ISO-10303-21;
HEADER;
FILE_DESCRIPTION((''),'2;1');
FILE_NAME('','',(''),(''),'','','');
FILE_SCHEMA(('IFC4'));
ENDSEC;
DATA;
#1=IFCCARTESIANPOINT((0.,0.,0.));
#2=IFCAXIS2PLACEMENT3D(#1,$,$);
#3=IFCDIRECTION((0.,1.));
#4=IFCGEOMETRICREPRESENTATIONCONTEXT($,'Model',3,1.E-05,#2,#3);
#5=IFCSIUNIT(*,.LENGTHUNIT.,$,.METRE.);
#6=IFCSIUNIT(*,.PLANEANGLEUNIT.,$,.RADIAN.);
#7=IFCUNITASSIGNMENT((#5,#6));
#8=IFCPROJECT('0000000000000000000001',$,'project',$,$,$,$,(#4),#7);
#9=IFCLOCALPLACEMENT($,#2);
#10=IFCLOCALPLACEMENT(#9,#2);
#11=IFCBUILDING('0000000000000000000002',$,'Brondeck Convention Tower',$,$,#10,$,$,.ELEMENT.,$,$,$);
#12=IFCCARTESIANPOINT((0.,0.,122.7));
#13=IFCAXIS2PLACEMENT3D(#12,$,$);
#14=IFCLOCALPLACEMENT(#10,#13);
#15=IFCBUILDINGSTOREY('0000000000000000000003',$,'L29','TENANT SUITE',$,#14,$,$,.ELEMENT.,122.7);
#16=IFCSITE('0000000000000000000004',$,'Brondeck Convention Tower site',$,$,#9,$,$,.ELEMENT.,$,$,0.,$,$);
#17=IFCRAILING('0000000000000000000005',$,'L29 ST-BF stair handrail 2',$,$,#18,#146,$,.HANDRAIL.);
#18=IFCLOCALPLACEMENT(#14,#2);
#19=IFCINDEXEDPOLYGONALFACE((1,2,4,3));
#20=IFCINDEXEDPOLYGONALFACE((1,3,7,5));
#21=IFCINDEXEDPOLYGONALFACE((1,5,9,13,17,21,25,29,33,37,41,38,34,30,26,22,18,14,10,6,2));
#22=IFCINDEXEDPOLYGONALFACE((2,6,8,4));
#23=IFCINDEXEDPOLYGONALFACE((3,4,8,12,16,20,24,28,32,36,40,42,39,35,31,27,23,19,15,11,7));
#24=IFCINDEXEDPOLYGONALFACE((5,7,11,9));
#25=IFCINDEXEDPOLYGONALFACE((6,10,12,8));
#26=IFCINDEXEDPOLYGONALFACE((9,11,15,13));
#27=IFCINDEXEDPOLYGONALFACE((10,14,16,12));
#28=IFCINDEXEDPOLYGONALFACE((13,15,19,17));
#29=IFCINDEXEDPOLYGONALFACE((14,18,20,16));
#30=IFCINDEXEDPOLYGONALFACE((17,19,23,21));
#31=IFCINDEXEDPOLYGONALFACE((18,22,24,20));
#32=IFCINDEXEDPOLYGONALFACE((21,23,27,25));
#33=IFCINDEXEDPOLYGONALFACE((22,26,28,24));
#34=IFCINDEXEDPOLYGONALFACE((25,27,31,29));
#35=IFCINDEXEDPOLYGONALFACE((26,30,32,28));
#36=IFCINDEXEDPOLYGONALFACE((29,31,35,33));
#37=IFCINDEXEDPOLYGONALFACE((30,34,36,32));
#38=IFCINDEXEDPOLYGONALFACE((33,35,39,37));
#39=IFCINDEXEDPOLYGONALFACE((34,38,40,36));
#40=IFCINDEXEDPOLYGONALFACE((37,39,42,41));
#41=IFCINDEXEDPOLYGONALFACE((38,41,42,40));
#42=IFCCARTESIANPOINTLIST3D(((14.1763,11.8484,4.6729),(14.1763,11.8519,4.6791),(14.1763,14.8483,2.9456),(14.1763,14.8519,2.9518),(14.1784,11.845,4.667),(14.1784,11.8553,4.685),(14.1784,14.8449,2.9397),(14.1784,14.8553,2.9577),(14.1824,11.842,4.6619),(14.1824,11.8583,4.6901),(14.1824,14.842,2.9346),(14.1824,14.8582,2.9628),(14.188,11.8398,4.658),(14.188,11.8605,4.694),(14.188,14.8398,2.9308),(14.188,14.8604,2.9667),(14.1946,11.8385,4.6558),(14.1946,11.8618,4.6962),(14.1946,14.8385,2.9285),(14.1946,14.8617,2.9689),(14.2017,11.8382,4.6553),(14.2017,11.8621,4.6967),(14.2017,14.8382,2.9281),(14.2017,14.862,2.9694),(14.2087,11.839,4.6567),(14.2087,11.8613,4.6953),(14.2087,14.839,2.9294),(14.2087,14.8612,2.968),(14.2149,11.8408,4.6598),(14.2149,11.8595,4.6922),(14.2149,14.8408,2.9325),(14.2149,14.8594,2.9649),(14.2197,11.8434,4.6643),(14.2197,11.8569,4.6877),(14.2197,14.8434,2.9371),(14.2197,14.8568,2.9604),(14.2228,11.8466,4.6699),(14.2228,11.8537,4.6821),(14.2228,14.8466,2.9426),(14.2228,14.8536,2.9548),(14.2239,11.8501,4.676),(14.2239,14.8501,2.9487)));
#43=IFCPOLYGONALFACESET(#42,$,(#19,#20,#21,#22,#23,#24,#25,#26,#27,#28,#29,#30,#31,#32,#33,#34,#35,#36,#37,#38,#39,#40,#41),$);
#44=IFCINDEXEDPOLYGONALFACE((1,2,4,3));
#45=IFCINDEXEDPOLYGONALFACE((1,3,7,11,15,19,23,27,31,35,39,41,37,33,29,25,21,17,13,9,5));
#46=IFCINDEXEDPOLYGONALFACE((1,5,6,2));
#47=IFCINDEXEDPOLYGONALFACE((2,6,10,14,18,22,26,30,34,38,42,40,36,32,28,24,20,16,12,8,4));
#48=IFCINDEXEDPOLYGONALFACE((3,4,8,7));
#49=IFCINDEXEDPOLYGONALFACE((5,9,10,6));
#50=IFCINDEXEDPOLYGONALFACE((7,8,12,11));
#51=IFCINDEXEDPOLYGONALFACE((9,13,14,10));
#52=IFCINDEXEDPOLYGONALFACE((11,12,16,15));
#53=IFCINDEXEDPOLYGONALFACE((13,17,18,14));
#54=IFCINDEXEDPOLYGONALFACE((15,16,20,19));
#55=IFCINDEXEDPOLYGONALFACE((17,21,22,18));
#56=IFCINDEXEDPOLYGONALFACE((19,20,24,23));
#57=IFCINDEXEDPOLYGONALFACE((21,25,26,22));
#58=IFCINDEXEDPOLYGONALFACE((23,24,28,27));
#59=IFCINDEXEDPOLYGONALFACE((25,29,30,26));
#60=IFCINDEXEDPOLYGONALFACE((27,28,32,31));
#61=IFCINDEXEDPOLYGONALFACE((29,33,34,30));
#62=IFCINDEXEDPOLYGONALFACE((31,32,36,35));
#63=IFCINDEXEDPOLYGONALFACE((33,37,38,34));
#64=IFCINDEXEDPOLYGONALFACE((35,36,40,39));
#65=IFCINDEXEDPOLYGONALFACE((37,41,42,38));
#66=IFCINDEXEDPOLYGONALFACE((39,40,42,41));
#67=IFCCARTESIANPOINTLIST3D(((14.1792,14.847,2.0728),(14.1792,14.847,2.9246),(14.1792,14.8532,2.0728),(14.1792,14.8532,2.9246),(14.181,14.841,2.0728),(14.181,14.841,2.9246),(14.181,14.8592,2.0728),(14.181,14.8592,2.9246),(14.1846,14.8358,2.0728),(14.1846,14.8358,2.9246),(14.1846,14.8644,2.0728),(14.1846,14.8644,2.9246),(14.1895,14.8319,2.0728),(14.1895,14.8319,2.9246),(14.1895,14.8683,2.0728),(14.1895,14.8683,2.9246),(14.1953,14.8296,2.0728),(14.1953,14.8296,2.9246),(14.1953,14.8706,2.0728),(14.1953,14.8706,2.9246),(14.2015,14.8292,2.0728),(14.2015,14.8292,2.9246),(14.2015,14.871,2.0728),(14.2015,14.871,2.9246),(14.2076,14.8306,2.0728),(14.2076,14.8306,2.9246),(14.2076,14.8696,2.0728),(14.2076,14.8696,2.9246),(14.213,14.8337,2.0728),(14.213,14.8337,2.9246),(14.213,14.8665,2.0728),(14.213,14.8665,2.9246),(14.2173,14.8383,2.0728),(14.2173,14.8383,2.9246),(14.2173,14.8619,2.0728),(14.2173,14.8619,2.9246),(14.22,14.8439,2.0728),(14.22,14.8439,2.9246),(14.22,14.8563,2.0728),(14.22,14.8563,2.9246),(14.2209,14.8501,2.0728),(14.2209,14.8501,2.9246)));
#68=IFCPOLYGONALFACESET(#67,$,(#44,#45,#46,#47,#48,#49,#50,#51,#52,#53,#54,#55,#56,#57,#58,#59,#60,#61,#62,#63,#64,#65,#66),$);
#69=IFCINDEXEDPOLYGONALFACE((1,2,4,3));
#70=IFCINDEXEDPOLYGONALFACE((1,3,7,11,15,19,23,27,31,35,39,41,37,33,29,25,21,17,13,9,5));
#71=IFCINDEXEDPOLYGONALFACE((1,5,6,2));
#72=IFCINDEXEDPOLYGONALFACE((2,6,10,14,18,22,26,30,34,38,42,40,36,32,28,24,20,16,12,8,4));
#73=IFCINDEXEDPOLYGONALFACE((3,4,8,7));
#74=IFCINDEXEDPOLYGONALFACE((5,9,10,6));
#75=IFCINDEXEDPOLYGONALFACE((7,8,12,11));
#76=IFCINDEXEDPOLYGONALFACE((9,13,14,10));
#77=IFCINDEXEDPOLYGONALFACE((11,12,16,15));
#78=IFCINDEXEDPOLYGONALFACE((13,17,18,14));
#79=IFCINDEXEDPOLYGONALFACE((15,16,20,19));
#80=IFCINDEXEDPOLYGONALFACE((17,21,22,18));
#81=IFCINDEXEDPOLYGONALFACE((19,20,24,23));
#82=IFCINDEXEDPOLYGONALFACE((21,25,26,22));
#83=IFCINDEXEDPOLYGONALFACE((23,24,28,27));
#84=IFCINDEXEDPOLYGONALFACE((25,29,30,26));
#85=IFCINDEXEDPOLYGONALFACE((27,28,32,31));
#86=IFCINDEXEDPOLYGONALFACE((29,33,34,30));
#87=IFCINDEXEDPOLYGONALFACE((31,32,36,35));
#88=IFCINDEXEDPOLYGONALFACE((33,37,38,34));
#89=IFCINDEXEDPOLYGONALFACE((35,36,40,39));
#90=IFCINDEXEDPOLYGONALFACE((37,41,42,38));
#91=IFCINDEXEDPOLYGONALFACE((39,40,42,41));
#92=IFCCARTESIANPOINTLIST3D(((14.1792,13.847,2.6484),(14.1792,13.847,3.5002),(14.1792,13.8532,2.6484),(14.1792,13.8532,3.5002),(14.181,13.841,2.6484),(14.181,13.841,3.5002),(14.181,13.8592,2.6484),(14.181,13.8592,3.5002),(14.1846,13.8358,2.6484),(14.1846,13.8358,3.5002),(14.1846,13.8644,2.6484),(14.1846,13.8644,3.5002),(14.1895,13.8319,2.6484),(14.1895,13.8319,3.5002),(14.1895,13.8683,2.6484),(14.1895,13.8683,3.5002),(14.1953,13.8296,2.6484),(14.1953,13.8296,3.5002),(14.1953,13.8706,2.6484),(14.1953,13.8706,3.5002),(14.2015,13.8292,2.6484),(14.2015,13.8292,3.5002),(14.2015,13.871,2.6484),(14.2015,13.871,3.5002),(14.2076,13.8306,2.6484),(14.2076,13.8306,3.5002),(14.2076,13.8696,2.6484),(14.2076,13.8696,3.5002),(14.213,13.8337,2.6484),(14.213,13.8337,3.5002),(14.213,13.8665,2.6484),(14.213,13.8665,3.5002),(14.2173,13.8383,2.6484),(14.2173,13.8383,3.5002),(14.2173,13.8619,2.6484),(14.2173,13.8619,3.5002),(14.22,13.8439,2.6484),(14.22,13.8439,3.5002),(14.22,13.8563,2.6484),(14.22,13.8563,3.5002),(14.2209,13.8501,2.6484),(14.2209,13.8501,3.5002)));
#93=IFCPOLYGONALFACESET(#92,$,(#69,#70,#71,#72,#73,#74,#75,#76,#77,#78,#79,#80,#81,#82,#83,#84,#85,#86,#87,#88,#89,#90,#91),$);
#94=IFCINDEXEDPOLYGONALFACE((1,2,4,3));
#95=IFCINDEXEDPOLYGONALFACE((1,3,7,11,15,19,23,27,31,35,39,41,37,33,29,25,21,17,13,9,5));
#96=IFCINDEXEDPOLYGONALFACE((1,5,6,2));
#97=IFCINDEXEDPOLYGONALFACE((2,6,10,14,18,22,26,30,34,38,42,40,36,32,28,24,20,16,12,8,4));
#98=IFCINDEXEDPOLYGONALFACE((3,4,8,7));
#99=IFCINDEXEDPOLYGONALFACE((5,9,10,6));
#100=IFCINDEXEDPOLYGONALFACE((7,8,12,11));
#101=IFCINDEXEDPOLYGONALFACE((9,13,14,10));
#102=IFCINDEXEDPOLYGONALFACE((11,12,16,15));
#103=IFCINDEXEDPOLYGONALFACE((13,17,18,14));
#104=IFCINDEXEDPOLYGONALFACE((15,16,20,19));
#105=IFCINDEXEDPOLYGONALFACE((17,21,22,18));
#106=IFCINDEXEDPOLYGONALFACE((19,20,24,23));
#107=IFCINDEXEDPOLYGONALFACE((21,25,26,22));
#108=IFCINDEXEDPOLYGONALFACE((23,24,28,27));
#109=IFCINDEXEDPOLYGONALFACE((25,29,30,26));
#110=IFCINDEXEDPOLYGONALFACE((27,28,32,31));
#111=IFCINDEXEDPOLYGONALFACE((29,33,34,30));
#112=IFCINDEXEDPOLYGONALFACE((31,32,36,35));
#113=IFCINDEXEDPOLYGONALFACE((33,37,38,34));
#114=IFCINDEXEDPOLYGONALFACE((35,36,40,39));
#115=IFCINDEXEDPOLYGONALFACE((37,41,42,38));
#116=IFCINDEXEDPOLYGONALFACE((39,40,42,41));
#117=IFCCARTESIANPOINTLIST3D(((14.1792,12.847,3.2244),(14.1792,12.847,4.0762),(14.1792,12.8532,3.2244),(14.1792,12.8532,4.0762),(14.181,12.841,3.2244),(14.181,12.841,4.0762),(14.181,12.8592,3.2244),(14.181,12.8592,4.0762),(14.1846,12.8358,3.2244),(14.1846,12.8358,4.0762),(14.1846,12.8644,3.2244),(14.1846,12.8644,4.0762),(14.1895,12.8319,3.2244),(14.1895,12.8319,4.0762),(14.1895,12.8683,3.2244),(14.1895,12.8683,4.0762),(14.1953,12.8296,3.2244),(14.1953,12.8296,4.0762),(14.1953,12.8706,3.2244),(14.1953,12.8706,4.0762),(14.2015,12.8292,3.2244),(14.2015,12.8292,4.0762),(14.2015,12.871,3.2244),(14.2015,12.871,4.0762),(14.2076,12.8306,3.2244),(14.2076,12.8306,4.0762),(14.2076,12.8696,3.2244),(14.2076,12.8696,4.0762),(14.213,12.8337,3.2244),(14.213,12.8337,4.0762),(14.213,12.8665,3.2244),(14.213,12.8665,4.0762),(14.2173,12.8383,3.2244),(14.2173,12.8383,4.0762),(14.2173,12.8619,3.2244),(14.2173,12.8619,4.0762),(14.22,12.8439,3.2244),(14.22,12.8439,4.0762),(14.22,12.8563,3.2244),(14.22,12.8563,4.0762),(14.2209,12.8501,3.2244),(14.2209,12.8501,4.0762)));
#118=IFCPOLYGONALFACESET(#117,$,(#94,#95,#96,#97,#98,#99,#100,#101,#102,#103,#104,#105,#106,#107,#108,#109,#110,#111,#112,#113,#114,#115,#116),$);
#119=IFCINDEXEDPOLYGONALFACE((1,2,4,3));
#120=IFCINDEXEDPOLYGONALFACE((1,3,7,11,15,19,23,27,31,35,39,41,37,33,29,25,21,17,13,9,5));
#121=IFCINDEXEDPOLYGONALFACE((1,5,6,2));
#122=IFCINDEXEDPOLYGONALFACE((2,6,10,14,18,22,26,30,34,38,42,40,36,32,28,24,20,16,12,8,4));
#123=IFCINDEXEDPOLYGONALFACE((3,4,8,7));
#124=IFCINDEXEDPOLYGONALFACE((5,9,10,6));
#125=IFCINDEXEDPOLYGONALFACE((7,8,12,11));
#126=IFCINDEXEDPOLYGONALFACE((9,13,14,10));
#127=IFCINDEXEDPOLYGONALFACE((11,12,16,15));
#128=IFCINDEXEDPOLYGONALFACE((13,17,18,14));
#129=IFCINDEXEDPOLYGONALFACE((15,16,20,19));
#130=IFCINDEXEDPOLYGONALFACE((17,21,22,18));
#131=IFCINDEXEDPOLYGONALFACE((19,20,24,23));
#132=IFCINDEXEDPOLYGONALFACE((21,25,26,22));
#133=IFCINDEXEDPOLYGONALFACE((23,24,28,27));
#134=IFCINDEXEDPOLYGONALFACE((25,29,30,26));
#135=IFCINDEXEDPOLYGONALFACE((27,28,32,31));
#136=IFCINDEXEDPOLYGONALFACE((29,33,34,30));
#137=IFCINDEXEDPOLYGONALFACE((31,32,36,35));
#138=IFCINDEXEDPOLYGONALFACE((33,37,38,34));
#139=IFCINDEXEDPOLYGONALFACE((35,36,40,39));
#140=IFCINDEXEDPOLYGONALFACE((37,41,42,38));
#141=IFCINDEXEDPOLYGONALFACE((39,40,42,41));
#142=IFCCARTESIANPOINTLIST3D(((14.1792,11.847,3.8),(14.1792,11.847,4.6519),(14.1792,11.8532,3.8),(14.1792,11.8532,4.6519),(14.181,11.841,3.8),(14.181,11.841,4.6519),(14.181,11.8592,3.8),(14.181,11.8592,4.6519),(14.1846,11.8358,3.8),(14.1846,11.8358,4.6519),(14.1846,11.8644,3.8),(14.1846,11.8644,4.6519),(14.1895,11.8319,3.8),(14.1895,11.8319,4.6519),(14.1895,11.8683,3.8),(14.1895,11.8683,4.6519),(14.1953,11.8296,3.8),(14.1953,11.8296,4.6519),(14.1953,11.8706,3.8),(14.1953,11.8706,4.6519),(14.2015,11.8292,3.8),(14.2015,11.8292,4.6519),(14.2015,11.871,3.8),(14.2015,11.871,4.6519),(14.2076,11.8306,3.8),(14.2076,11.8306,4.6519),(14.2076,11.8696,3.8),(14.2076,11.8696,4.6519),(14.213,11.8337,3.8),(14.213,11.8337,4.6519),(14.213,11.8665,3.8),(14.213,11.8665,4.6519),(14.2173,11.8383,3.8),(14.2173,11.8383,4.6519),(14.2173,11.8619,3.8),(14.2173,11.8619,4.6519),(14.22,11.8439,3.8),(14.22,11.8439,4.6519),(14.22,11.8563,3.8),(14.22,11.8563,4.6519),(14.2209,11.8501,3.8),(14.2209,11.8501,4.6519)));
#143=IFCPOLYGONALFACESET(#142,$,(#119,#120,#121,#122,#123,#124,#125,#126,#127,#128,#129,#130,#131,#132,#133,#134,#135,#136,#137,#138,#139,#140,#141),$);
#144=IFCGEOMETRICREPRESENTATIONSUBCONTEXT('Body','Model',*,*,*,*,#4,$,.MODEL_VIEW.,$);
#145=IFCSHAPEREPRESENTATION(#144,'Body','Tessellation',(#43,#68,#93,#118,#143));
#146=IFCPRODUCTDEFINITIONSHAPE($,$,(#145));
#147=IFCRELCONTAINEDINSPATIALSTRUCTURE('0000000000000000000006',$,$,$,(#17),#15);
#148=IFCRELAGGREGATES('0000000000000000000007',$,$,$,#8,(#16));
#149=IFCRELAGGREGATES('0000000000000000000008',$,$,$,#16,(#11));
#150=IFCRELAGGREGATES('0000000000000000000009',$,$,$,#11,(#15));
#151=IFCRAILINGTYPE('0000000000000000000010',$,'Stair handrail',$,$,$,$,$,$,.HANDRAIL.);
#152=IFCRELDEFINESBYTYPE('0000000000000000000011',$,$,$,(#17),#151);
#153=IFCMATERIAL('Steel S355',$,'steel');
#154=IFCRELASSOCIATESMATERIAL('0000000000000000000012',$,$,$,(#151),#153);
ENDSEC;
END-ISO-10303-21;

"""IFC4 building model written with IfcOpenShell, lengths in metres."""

from ifc_helpers import new_model, si_unit, direction, frame, origin, origin_2d, place, context, subcontext, project, spatial, circle, extrude, material, type_object, element, save


model = new_model("IFC4")

# Units and contexts
model_context = context("Model", 3, precision=1e-05, world=origin(), true_north=direction((0.0, 1.0)))
body_context = subcontext(model_context, "Body", "Model", "MODEL_VIEW")
ifc_project = project(units=[si_unit("LENGTHUNIT", "METRE"), si_unit("PLANEANGLEUNIT", "RADIAN")], contexts=[model_context])

# Site, building, storey
site_placement = place(None, origin())
site = spatial("IfcSite", under=ifc_project, at=site_placement, Name="Brondeck Convention Tower site", CompositionType="ELEMENT", RefElevation=0.0)
building_placement = place(site_placement, origin())
building = spatial("IfcBuilding", under=site, at=building_placement, Name="Brondeck Convention Tower", CompositionType="ELEMENT")
storey_placement = place(building_placement, frame((0.0, 0.0, 122.7)))
storey = spatial("IfcBuildingStorey", under=building, at=storey_placement, Name="L29", Description="TENANT SUITE", CompositionType="ELEMENT", Elevation=122.7)

# Shared definitions
ifc_material_1 = material(Name="Steel S355", Category="steel")

# Railing
railing_type_1 = type_object("IfcRailingType", Name="Stair handrail", PredefinedType="HANDRAIL", material=ifc_material_1)
railing_1_placement = place(storey_placement, frame((14.2, 14.8501, 2.0728)))
element("IfcRailing", 1, at=railing_1_placement, inside=storey, type_object=railing_type_1, Name="L29 ST-BF stair handrail 2", PredefinedType="HANDRAIL", context=body_context, shape_type="SweptSolid", body=[
    extrude(circle(Radius=0.0239, at=origin_2d()), frame((0.0, 0.0, 0.876), z_axis=(0.0, -0.86662, 0.498969), x_axis=(1.0, 0.0, 0.0)), (0.0, 0.0, 1.0), 3.4617),
    extrude(circle(Radius=0.021, at=origin_2d()), origin(), (0.0, 0.0, 1.0), 0.8518),
    extrude(circle(Radius=0.021, at=origin_2d()), frame((0.0, -1.0, 0.5757)), (0.0, 0.0, 1.0), 0.8518),
    extrude(circle(Radius=0.021, at=origin_2d()), frame((0.0, -2.0, 1.1516)), (0.0, 0.0, 1.0), 0.8518),
    extrude(circle(Radius=0.021, at=origin_2d()), frame((0.0, -3.0, 1.7273)), (0.0, 0.0, 1.0), 0.8518),
])

save(model, "model.ifc")
